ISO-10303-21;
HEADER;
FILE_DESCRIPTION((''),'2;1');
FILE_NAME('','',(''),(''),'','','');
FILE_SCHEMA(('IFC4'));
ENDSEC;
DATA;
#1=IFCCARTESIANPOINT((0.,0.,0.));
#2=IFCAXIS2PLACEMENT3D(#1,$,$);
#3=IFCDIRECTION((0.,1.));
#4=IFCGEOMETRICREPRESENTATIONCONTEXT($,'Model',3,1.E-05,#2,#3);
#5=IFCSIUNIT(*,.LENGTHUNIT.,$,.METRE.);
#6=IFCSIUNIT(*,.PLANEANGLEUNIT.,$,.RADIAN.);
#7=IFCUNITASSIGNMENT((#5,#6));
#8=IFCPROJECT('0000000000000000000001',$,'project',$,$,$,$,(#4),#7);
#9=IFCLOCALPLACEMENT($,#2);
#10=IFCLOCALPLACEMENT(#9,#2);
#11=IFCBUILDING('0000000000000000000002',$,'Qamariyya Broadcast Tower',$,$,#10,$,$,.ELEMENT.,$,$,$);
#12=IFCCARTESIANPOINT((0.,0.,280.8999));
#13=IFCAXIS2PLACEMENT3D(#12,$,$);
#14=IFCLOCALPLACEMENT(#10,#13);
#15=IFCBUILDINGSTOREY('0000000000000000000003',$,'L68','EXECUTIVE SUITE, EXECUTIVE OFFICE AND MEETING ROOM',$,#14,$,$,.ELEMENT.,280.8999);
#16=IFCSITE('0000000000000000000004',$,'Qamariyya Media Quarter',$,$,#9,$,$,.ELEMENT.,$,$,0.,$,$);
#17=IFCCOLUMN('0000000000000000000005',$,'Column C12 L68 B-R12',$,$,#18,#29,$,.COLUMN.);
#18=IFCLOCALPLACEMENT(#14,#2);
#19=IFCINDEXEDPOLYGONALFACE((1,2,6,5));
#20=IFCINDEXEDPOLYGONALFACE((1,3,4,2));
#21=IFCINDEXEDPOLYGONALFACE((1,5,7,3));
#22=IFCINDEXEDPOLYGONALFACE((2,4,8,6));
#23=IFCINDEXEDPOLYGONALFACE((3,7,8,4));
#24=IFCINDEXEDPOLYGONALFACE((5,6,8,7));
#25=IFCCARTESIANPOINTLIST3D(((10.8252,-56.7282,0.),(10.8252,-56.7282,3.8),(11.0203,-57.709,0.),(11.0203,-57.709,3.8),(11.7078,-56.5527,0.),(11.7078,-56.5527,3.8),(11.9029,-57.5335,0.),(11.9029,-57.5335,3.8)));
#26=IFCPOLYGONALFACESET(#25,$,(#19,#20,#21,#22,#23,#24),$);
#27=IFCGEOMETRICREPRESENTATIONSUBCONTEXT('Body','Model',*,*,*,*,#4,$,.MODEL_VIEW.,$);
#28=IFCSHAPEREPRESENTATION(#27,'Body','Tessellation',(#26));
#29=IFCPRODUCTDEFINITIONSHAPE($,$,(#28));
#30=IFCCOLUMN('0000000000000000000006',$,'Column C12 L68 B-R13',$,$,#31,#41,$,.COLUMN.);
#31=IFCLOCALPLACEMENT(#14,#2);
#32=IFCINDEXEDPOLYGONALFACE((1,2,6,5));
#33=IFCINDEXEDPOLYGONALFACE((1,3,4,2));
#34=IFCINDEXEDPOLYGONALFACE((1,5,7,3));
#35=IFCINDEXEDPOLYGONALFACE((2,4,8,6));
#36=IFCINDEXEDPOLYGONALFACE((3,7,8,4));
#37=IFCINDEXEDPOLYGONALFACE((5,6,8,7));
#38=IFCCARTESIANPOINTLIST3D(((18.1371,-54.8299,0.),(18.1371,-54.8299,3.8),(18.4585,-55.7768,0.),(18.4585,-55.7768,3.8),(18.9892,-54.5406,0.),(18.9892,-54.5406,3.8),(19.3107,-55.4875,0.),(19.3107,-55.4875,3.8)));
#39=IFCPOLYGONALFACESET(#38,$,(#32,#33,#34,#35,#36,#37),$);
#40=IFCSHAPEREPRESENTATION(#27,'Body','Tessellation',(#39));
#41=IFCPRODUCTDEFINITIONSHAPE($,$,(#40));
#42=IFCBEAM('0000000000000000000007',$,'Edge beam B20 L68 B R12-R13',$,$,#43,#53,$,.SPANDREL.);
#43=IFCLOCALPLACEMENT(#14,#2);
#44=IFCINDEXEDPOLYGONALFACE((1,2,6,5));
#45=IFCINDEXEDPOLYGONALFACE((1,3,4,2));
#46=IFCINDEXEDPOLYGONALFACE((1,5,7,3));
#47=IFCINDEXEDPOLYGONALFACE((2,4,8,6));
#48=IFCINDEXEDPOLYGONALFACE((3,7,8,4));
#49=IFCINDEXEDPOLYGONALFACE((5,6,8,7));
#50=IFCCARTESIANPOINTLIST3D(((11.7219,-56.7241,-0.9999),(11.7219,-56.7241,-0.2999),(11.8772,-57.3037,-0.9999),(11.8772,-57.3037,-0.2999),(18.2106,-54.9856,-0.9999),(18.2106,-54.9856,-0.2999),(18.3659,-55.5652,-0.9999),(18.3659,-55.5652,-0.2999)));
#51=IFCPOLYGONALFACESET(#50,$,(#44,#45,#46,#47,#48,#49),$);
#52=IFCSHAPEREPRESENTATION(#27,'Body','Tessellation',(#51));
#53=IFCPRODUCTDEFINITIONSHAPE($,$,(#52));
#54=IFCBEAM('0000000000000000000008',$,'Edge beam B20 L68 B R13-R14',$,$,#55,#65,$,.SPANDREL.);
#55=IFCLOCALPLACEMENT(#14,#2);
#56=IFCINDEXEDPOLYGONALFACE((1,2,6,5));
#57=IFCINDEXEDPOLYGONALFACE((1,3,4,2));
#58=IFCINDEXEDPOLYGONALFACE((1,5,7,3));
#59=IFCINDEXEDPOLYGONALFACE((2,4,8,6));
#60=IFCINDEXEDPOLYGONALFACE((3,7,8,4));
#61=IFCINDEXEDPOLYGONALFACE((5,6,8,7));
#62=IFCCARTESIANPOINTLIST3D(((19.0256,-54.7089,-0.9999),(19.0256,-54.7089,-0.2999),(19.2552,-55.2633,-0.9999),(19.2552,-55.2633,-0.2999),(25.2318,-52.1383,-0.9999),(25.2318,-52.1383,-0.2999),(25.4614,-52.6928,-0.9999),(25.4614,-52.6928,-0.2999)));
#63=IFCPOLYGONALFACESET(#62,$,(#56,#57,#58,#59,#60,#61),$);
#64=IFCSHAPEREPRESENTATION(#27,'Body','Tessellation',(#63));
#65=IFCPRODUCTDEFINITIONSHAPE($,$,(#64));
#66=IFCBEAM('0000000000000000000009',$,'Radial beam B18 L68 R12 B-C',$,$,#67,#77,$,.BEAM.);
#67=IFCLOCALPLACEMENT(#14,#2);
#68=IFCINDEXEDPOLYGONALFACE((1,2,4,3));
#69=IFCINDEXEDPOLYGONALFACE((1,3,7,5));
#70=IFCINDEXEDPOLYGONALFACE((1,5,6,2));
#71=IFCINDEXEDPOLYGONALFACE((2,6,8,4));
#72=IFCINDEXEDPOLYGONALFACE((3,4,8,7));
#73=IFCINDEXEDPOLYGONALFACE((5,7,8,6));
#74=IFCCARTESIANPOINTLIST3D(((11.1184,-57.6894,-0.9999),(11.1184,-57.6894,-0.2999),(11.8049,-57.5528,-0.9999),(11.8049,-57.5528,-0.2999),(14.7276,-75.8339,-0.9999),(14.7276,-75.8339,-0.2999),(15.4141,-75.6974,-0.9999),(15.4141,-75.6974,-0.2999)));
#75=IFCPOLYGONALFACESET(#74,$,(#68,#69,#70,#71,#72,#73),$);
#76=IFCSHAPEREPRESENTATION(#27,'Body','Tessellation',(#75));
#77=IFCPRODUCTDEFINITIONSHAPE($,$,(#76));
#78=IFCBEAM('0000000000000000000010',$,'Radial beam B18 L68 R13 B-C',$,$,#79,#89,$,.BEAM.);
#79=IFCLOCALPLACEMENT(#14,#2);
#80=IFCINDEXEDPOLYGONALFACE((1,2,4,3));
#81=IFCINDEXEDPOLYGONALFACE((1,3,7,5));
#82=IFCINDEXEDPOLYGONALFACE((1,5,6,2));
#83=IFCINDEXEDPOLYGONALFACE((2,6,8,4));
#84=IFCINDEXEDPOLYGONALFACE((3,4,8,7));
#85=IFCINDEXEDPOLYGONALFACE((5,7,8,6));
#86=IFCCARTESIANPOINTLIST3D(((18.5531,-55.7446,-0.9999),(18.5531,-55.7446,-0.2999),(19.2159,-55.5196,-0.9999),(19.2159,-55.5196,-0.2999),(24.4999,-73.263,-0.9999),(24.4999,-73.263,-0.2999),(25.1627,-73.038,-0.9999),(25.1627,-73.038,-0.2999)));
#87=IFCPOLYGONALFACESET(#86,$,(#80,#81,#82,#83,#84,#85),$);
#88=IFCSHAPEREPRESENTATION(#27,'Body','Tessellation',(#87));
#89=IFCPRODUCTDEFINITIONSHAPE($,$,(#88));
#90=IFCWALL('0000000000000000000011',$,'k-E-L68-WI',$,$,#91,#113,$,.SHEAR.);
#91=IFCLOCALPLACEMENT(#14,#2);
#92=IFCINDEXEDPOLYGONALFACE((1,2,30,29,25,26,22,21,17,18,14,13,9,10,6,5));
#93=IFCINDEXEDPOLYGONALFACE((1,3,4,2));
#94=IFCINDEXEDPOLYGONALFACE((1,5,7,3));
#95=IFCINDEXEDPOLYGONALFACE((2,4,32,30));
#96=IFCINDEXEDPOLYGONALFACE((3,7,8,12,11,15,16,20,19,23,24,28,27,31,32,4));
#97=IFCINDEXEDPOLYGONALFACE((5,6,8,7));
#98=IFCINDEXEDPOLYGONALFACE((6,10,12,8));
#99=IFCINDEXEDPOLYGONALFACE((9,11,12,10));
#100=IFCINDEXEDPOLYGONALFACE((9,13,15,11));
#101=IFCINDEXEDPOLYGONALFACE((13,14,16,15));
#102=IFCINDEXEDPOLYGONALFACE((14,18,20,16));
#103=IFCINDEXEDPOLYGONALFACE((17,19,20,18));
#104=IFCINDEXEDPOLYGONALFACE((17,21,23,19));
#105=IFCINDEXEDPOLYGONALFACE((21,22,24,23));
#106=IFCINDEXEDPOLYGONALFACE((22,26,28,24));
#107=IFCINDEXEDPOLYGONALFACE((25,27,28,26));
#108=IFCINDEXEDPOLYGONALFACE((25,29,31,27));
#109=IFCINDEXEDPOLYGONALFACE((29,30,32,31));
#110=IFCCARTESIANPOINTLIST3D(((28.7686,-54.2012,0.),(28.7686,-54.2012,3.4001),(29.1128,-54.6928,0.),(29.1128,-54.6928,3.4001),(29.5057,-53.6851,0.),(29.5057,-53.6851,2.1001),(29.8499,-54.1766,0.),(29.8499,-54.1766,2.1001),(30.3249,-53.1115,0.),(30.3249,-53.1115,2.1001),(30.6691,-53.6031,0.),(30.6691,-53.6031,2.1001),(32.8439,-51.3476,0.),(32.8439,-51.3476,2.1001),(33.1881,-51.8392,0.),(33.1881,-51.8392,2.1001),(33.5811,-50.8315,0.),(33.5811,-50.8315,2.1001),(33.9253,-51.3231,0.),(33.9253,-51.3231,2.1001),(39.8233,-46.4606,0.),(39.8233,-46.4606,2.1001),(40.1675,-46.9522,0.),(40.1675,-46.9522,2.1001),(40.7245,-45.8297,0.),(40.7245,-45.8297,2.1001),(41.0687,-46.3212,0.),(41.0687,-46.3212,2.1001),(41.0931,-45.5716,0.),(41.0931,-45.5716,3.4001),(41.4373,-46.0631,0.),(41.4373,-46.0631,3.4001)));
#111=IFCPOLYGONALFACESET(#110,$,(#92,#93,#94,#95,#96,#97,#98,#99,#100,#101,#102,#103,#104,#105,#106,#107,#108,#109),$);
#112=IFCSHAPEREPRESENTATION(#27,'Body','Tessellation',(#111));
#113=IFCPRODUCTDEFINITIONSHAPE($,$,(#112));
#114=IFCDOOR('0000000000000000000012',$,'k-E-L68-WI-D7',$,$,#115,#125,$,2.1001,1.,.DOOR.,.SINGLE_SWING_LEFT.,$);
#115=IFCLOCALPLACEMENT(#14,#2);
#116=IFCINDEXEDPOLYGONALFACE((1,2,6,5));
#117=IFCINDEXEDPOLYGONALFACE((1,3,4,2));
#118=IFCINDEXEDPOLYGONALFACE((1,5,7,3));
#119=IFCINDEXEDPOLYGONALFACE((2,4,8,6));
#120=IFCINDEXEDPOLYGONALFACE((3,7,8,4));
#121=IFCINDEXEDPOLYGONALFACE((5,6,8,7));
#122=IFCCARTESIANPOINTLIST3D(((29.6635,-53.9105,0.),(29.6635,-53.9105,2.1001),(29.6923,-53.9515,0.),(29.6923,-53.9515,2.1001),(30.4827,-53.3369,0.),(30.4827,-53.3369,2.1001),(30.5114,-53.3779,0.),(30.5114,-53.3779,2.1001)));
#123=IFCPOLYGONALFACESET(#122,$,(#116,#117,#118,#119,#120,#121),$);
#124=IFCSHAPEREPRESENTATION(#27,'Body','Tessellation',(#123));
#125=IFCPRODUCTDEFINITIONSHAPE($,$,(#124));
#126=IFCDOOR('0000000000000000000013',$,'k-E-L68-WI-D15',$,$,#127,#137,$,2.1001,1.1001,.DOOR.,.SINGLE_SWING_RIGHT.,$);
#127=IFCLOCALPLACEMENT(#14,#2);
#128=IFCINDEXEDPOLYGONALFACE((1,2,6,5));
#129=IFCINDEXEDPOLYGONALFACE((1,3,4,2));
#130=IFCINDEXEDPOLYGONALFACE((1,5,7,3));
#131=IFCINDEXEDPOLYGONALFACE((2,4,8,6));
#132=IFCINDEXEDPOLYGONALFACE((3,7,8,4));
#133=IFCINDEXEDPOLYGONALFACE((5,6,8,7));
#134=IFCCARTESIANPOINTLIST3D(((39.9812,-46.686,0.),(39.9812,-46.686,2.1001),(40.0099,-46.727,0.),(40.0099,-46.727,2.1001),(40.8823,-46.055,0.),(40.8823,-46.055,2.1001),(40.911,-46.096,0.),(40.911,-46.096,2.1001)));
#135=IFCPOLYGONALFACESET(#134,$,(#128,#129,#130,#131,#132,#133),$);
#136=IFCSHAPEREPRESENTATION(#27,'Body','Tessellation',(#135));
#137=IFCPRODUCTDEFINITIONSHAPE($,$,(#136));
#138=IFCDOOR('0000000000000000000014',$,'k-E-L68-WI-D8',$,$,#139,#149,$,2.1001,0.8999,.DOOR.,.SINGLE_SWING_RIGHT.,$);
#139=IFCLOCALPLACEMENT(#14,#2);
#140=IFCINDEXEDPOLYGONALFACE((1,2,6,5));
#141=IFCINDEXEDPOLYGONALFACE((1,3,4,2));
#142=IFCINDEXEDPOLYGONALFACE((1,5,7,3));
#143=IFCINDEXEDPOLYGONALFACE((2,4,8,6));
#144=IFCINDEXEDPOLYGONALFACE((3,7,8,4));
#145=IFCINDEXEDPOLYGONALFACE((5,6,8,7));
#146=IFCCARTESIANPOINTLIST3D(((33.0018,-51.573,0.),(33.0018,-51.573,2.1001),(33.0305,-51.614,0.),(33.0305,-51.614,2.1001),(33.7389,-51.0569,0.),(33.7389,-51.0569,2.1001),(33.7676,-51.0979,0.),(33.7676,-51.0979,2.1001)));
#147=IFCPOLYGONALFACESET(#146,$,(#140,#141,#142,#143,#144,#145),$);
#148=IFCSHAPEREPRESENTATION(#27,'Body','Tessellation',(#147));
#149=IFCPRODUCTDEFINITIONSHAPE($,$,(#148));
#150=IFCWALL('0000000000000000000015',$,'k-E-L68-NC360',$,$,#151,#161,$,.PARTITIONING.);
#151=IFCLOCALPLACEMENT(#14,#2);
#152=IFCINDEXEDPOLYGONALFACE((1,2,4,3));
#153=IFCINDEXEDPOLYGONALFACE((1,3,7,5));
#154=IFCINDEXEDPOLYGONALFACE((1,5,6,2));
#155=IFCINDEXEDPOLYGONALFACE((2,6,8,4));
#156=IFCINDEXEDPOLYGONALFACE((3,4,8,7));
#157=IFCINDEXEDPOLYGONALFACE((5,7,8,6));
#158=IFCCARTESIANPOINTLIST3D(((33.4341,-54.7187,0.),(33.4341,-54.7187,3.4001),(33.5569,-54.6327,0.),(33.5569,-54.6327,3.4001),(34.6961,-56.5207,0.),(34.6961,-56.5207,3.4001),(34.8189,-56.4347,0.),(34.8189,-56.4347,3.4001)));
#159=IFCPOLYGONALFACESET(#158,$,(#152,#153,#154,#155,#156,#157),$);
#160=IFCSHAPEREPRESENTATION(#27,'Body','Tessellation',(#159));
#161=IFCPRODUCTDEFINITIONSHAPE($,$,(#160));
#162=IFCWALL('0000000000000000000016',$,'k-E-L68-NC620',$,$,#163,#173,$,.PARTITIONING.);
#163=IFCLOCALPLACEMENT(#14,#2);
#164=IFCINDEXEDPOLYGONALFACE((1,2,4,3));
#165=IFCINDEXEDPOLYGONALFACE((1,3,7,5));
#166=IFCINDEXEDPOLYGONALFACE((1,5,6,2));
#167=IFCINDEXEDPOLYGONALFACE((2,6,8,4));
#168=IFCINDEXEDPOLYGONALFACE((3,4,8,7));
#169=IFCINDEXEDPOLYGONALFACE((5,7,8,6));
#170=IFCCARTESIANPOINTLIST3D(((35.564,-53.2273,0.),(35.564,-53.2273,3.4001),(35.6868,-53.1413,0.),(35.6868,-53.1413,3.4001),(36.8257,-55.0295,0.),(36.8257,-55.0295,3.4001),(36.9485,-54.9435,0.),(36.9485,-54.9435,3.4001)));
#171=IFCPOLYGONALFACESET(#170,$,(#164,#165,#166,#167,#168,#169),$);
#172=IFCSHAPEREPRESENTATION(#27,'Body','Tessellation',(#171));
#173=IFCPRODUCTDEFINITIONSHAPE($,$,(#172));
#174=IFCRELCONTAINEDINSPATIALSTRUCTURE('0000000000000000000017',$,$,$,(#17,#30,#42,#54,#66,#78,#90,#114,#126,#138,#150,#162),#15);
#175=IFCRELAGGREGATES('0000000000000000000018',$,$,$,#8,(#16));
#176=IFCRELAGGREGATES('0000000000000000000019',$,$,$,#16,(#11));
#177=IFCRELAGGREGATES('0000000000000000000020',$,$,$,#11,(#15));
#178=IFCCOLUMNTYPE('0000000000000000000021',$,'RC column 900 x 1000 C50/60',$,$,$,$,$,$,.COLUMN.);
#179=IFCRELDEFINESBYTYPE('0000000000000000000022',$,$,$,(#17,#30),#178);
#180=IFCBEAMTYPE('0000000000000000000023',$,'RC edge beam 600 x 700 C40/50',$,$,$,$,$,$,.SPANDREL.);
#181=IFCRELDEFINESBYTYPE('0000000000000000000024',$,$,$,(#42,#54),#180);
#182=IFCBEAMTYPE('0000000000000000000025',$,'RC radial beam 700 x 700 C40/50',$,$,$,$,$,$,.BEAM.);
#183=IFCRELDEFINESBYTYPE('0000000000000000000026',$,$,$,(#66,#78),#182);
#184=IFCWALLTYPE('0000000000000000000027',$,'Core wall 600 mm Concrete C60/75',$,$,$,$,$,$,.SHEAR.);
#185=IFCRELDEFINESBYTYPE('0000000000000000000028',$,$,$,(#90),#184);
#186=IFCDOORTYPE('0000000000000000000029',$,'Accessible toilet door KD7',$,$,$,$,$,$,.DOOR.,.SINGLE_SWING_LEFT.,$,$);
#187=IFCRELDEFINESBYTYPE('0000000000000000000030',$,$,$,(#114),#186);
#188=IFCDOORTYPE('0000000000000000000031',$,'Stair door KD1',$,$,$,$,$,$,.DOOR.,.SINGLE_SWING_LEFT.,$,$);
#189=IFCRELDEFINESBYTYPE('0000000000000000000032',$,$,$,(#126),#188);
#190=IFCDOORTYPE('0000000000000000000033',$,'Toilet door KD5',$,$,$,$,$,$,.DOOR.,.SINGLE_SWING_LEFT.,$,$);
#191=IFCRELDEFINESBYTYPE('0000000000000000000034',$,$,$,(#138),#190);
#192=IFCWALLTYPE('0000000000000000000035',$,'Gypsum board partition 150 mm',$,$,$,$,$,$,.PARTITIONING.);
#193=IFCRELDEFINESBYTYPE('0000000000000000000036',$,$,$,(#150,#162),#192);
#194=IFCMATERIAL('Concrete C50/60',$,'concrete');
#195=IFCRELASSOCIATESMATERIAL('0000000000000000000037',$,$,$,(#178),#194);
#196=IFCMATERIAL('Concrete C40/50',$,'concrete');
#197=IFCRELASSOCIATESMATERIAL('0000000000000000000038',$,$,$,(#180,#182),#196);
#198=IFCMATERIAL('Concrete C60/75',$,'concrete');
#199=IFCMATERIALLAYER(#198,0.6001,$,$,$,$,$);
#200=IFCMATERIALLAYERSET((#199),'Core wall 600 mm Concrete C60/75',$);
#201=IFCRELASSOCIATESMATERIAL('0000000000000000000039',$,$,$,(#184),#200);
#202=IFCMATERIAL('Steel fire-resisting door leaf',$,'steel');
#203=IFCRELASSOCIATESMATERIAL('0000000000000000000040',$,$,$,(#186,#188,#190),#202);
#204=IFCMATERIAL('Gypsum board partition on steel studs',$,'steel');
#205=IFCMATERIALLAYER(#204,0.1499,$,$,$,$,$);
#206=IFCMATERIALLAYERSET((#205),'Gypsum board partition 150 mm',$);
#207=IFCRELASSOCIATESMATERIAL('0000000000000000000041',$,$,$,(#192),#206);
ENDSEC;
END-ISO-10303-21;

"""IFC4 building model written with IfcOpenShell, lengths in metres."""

from ifc_helpers import new_model, si_unit, direction, frame, frame_2d, origin, origin_2d, place, context, subcontext, project, spatial, rectangle, extrude, material, layer, layer_set, material_profile, profile_set, type_object, element, fill, save


model = new_model("IFC4")

# Units and contexts
model_context = context("Model", 3, precision=1e-05, world=origin(), true_north=direction((0.0, 1.0)))
body_context = subcontext(model_context, "Body", "Model", "MODEL_VIEW")
ifc_project = project(units=[si_unit("LENGTHUNIT", "METRE"), si_unit("PLANEANGLEUNIT", "RADIAN")], contexts=[model_context])

# Site, building, storey
site_placement = place(None, origin())
site = spatial("IfcSite", under=ifc_project, at=site_placement, Name="Qamariyya Media Quarter", CompositionType="ELEMENT", RefElevation=0.0)
building_placement = place(site_placement, origin())
building = spatial("IfcBuilding", under=site, at=building_placement, Name="Qamariyya Broadcast Tower", CompositionType="ELEMENT")
storey_placement = place(building_placement, frame((0.0, 0.0, 280.8999)))
storey = spatial("IfcBuildingStorey", under=building, at=storey_placement, Name="L68", Description="EXECUTIVE SUITE, EXECUTIVE OFFICE AND MEETING ROOM", CompositionType="ELEMENT", Elevation=280.8999)

# Columns
ifc_material_1 = material(Name="Concrete C50/60", Category="concrete")
ifc_material_profile_1 = material_profile(ifc_material_1, rectangle(XDim=0.8999, YDim=1.0, at=origin_2d()))
ifc_profile_set_1 = profile_set([ifc_material_profile_1], Name="Concrete C50/60")
column_type = type_object("IfcColumnType", Name="RC column 900 x 1000 C50/60", PredefinedType="COLUMN", material=ifc_profile_set_1)
for number, where, z_axis, x_axis, name in (
    (1, (11.364, -57.1309, 0.0), (0.0, 0.0, 1.0), (0.980785, 0.19509, 0.0), "Column C12 L68 B-R12"),
    (2, (18.7239, -55.1587, 0.0), (0.0, 0.0, 1.0), (0.94693, 0.321439, 0.0), "Column C12 L68 B-R13"),
):
    element("IfcColumn", number, at=place(storey_placement, frame(where, z_axis=z_axis, x_axis=x_axis)), inside=storey, type_object=column_type, Name=name, PredefinedType="COLUMN", context=body_context, shape_type="SweptSolid", body=[
        extrude(rectangle(XDim=0.8999, YDim=1.0, at=origin_2d()), origin(), (0.0, 0.0, 1.0), 3.8),
    ])

# Beams
ifc_material_2 = material(Name="Concrete C40/50", Category="concrete")
ifc_material_profile_2 = material_profile(ifc_material_2, rectangle(XDim=0.6001, YDim=0.7, at=origin_2d()))
ifc_profile_set_2 = profile_set([ifc_material_profile_2], Name="Concrete C40/50")
beam_type_1 = type_object("IfcBeamType", Name="RC edge beam 600 x 700 C40/50", PredefinedType="SPANDREL", material=ifc_profile_set_2)
for number, where, z_axis, x_axis, name in (
    (3, (11.7996, -57.0139, -0.6499), (0.965931, 0.2588, 0.0), (-0.2588, 0.965931, 0.0), "Edge beam B20 L68 B R12-R13"),
    (4, (19.1404, -54.9861, -0.6499), (0.923889, 0.382661, 0.0), (-0.382661, 0.923889, 0.0), "Edge beam B20 L68 B R13-R14"),
):
    element("IfcBeam", number, at=place(storey_placement, frame(where, z_axis=z_axis, x_axis=x_axis)), inside=storey, type_object=beam_type_1, Name=name, PredefinedType="SPANDREL", context=body_context, shape_type="SweptSolid", body=[
        extrude(rectangle(XDim=0.6001, YDim=0.7, at=origin_2d()), origin(), (0.0, 0.0, 1.0), 6.7175),
    ])
ifc_material_profile_3 = material_profile(ifc_material_2, rectangle(XDim=0.7, YDim=0.7, at=origin_2d()))
ifc_profile_set_3 = profile_set([ifc_material_profile_3], Name="Concrete C40/50")
beam_type_2 = type_object("IfcBeamType", Name="RC radial beam 700 x 700 C40/50", PredefinedType="BEAM", material=ifc_profile_set_3)
beam_1_placement = place(storey_placement, frame((11.4617, -57.6211, -0.6499), z_axis=(0.195088, -0.980786, 0.0), x_axis=(0.980786, 0.195088, 0.0)))
element("IfcBeam", 5, at=beam_1_placement, inside=storey, type_object=beam_type_2, Name="Radial beam B18 L68 R12 B-C", PredefinedType="BEAM", context=body_context, shape_type="SweptSolid", body=[
    extrude(rectangle(XDim=0.7, YDim=0.7, at=origin_2d()), origin(), (0.0, 0.0, 1.0), 18.5),
])
beam_2_placement = place(storey_placement, frame((18.8845, -55.6321, -0.6499), z_axis=(0.321445, -0.946928, 0.0), x_axis=(0.946928, 0.321445, 0.0)))
element("IfcBeam", 6, at=beam_2_placement, inside=storey, type_object=beam_type_2, Name="Radial beam B18 L68 R13 B-C", PredefinedType="BEAM", context=body_context, shape_type="SweptSolid", body=[
    extrude(rectangle(XDim=0.7, YDim=0.7, at=origin_2d()), origin(), (0.0, 0.0, 1.0), 18.5002),
])

# Wall, openings, doors
ifc_material_3 = material(Name="Concrete C60/75", Category="concrete")
ifc_layer_1 = layer(ifc_material_3, 0.6001)
ifc_layer_set_1 = layer_set([ifc_layer_1], Name="Core wall 600 mm Concrete C60/75")
wall_type_1 = type_object("IfcWallType", Name="Core wall 600 mm Concrete C60/75", PredefinedType="SHEAR", material=ifc_layer_set_1)
wall_1_placement = place(storey_placement, frame((28.9407, -54.447, 0.0), z_axis=(0.0, 0.0, 1.0), x_axis=(0.819153, 0.573575, 0.0)))
wall_1 = element("IfcWall", 7, at=wall_1_placement, inside=storey, type_object=wall_type_1, Name="k-E-L68-WI", PredefinedType="SHEAR", context=body_context, shape_type="SweptSolid", body=[
    extrude(rectangle(XDim=15.0454, YDim=0.6001, at=frame_2d((7.5227, 0.0))), origin(), (0.0, 0.0, 1.0), 3.4001),
])
opening_1_placement = place(wall_1_placement, frame((0.8999, 0.0, 0.0)))
opening_1 = element("IfcOpeningElement", 8, at=opening_1_placement, cuts=wall_1, PredefinedType="OPENING", context=body_context, shape_type="SweptSolid", body=[
    extrude(rectangle(XDim=1.0, YDim=2.1001, at=frame_2d((0.5, 1.05))), frame((0.0, 0.3101, 0.0), z_axis=(0.0, -1.0, 0.0), x_axis=(1.0, 0.0, 0.0)), (0.0, 0.0, 1.0), 0.6201),
])
opening_2_placement = place(wall_1_placement, frame((4.9751, 0.0, 0.0)))
opening_2 = element("IfcOpeningElement", 9, at=opening_2_placement, cuts=wall_1, PredefinedType="OPENING", context=body_context, shape_type="SweptSolid", body=[
    extrude(rectangle(XDim=0.8999, YDim=2.1001, at=frame_2d((0.45, 1.05))), frame((0.0, 0.3101, 0.0), z_axis=(0.0, -1.0, 0.0), x_axis=(1.0, 0.0, 0.0)), (0.0, 0.0, 1.0), 0.6201),
])
opening_3_placement = place(wall_1_placement, frame((13.4954, 0.0, 0.0)))
opening_3 = element("IfcOpeningElement", 10, at=opening_3_placement, cuts=wall_1, PredefinedType="OPENING", context=body_context, shape_type="SweptSolid", body=[
    extrude(rectangle(XDim=1.1001, YDim=2.1001, at=frame_2d((0.55, 1.05))), frame((0.0, 0.3101, 0.0), z_axis=(0.0, -1.0, 0.0), x_axis=(1.0, 0.0, 0.0)), (0.0, 0.0, 1.0), 0.6201),
])
ifc_material_4 = material(Name="Steel fire-resisting door leaf", Category="steel")
door_type_1 = type_object("IfcDoorType", Name="Accessible toilet door KD7", OperationType="SINGLE_SWING_LEFT", PredefinedType="DOOR", material=ifc_material_4)
door_1_placement = place(opening_1_placement, origin())
door_1 = element("IfcDoor", 11, at=door_1_placement, inside=storey, type_object=door_type_1, Name="k-E-L68-WI-D7", OperationType="SINGLE_SWING_LEFT", OverallHeight=2.1001, OverallWidth=1.0, PredefinedType="DOOR", context=body_context, shape_type="SweptSolid", body=[
    extrude(rectangle(XDim=1.0, YDim=2.1001, at=frame_2d((0.5, 1.05))), frame((0.0, 0.0249, 0.0), z_axis=(0.0, -1.0, 0.0), x_axis=(1.0, 0.0, 0.0)), (0.0, 0.0, 1.0), 0.05),
])
fill(opening_1, door_1)
door_type_2 = type_object("IfcDoorType", Name="Stair door KD1", OperationType="SINGLE_SWING_LEFT", PredefinedType="DOOR", material=ifc_material_4)
door_2_placement = place(opening_3_placement, origin())
door_2 = element("IfcDoor", 12, at=door_2_placement, inside=storey, type_object=door_type_2, Name="k-E-L68-WI-D15", OperationType="SINGLE_SWING_RIGHT", OverallHeight=2.1001, OverallWidth=1.1001, PredefinedType="DOOR", context=body_context, shape_type="SweptSolid", body=[
    extrude(rectangle(XDim=1.1001, YDim=2.1001, at=frame_2d((0.55, 1.05))), frame((0.0, 0.0249, 0.0), z_axis=(0.0, -1.0, 0.0), x_axis=(1.0, 0.0, 0.0)), (0.0, 0.0, 1.0), 0.05),
])
fill(opening_3, door_2)
door_type_3 = type_object("IfcDoorType", Name="Toilet door KD5", OperationType="SINGLE_SWING_LEFT", PredefinedType="DOOR", material=ifc_material_4)
door_3_placement = place(opening_2_placement, origin())
door_3 = element("IfcDoor", 13, at=door_3_placement, inside=storey, type_object=door_type_3, Name="k-E-L68-WI-D8", OperationType="SINGLE_SWING_RIGHT", OverallHeight=2.1001, OverallWidth=0.8999, PredefinedType="DOOR", context=body_context, shape_type="SweptSolid", body=[
    extrude(rectangle(XDim=0.8999, YDim=2.1001, at=frame_2d((0.45, 1.05))), frame((0.0, 0.0249, 0.0), z_axis=(0.0, -1.0, 0.0), x_axis=(1.0, 0.0, 0.0)), (0.0, 0.0, 1.0), 0.05),
])
fill(opening_2, door_3)

# Walls
ifc_material_5 = material(Name="Gypsum board partition on steel studs", Category="steel")
ifc_layer_2 = layer(ifc_material_5, 0.1499)
ifc_layer_set_2 = layer_set([ifc_layer_2], Name="Gypsum board partition 150 mm")
wall_type_2 = type_object("IfcWallType", Name="Gypsum board partition 150 mm", PredefinedType="PARTITIONING", material=ifc_layer_set_2)
for number, where, z_axis, x_axis, name in (
    (14, (34.7576, -56.4778, 0.0), (0.0, 0.0, 1.0), (-0.573634, 0.819112, 0.0), "k-E-L68-NC360"),
    (15, (36.8872, -54.9866, 0.0), (0.0, 0.0, 1.0), (-0.573507, 0.819201, 0.0), "k-E-L68-NC620"),
):
    element("IfcWall", number, at=place(storey_placement, frame(where, z_axis=z_axis, x_axis=x_axis)), inside=storey, type_object=wall_type_2, Name=name, PredefinedType="PARTITIONING", context=body_context, shape_type="SweptSolid", body=[
        extrude(rectangle(XDim=2.2, YDim=0.1499, at=frame_2d((1.1001, 0.0))), origin(), (0.0, 0.0, 1.0), 3.4001),
    ])

save(model, "model.ifc")
